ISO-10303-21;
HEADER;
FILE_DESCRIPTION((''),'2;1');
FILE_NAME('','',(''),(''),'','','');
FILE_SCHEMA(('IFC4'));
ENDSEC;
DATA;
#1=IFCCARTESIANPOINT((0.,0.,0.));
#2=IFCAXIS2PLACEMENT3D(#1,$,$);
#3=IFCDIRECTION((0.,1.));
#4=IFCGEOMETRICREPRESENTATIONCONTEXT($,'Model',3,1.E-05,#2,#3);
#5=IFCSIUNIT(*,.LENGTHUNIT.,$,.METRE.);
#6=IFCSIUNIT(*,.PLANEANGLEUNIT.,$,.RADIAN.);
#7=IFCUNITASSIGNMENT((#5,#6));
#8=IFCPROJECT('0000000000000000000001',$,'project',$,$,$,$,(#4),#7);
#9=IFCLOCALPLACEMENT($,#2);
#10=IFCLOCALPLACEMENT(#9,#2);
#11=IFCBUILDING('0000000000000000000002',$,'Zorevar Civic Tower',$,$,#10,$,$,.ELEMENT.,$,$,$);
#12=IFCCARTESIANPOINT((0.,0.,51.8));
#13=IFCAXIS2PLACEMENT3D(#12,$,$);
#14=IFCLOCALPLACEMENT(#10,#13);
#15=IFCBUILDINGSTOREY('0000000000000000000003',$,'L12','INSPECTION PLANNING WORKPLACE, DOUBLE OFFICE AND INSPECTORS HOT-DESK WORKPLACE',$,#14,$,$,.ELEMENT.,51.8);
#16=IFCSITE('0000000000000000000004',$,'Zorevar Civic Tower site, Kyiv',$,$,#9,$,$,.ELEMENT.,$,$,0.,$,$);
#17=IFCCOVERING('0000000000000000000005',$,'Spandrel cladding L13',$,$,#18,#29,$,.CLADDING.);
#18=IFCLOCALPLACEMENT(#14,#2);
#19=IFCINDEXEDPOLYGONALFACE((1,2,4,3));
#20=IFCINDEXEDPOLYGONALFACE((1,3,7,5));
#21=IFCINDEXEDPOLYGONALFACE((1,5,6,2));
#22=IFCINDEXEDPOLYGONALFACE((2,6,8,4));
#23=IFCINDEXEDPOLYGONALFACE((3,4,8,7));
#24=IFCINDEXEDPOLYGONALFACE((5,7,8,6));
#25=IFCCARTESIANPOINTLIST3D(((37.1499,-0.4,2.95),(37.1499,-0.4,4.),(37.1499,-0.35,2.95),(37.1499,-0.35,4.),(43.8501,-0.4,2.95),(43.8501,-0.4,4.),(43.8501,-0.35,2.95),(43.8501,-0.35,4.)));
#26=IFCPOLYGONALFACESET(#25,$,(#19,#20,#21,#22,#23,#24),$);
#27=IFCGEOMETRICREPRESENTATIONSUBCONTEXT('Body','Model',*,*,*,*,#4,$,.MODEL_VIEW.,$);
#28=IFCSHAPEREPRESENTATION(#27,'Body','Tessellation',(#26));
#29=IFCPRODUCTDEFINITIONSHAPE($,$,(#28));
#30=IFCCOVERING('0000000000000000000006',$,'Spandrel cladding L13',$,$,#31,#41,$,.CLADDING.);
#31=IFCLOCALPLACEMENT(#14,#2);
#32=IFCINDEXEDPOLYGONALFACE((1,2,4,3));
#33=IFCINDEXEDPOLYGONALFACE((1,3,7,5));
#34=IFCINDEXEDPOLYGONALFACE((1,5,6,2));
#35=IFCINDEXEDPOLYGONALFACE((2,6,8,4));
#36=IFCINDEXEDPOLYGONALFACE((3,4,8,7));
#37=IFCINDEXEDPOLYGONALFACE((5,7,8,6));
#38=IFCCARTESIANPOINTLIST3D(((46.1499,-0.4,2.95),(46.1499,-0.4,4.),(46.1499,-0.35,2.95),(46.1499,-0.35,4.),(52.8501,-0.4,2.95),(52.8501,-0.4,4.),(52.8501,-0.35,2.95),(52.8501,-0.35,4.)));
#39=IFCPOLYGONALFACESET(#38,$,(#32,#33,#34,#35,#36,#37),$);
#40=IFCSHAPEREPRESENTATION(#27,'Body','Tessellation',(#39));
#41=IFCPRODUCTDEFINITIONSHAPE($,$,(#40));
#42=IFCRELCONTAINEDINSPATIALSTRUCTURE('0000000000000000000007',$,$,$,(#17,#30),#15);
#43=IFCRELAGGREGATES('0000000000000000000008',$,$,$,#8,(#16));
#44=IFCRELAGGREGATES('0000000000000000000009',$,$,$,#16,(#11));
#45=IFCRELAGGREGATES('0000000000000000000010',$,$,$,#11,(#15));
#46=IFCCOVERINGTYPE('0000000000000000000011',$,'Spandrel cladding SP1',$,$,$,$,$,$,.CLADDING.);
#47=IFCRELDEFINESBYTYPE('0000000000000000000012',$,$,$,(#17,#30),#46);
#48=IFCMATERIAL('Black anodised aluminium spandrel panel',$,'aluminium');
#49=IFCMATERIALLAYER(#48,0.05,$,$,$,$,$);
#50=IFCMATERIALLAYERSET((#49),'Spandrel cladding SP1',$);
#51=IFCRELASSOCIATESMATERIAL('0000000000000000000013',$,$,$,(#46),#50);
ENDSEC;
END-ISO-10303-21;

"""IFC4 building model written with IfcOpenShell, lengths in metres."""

from ifc_helpers import new_model, si_unit, direction, frame, frame_2d, origin, place, context, subcontext, project, spatial, rectangle, extrude, material, layer, layer_set, type_object, element, save


model = new_model("IFC4")

# Units and contexts
model_context = context("Model", 3, precision=1e-05, world=origin(), true_north=direction((0.0, 1.0)))
body_context = subcontext(model_context, "Body", "Model", "MODEL_VIEW")
ifc_project = project(units=[si_unit("LENGTHUNIT", "METRE"), si_unit("PLANEANGLEUNIT", "RADIAN")], contexts=[model_context])

# Site, building, storey
site_placement = place(None, origin())
site = spatial("IfcSite", under=ifc_project, at=site_placement, Name="Zorevar Civic Tower site, Kyiv", CompositionType="ELEMENT", RefElevation=0.0)
building_placement = place(site_placement, origin())
building = spatial("IfcBuilding", under=site, at=building_placement, Name="Zorevar Civic Tower", CompositionType="ELEMENT")
storey_placement = place(building_placement, frame((0.0, 0.0, 51.8)))
storey = spatial("IfcBuildingStorey", under=building, at=storey_placement, Name="L12", Description="INSPECTION PLANNING WORKPLACE, DOUBLE OFFICE AND INSPECTORS HOT-DESK WORKPLACE", CompositionType="ELEMENT", Elevation=51.8)

# Coverings
ifc_material_1 = material(Name="Black anodised aluminium spandrel panel", Category="aluminium")
ifc_layer_1 = layer(ifc_material_1, 0.05)
ifc_layer_set_1 = layer_set([ifc_layer_1], Name="Spandrel cladding SP1")
covering_type = type_object("IfcCoveringType", Name="Spandrel cladding SP1", PredefinedType="CLADDING", material=ifc_layer_set_1)
for number, where, z_axis, x_axis, name in (
    (1, (37.1499, -0.375, 2.95), (0.0, 0.0, 1.0), (1.0, 0.0, 0.0), "Spandrel cladding L13"),
    (2, (46.1499, -0.375, 2.95), (0.0, 0.0, 1.0), (1.0, 0.0, 0.0), "Spandrel cladding L13"),
):
    element("IfcCovering", number, at=place(storey_placement, frame(where, z_axis=z_axis, x_axis=x_axis)), inside=storey, type_object=covering_type, Name=name, PredefinedType="CLADDING", context=body_context, shape_type="SweptSolid", body=[
        extrude(rectangle(XDim=6.7002, YDim=0.05, at=frame_2d((3.3501, 0.0))), origin(), (0.0, 0.0, 1.0), 1.05),
    ])

save(model, "model.ifc")
